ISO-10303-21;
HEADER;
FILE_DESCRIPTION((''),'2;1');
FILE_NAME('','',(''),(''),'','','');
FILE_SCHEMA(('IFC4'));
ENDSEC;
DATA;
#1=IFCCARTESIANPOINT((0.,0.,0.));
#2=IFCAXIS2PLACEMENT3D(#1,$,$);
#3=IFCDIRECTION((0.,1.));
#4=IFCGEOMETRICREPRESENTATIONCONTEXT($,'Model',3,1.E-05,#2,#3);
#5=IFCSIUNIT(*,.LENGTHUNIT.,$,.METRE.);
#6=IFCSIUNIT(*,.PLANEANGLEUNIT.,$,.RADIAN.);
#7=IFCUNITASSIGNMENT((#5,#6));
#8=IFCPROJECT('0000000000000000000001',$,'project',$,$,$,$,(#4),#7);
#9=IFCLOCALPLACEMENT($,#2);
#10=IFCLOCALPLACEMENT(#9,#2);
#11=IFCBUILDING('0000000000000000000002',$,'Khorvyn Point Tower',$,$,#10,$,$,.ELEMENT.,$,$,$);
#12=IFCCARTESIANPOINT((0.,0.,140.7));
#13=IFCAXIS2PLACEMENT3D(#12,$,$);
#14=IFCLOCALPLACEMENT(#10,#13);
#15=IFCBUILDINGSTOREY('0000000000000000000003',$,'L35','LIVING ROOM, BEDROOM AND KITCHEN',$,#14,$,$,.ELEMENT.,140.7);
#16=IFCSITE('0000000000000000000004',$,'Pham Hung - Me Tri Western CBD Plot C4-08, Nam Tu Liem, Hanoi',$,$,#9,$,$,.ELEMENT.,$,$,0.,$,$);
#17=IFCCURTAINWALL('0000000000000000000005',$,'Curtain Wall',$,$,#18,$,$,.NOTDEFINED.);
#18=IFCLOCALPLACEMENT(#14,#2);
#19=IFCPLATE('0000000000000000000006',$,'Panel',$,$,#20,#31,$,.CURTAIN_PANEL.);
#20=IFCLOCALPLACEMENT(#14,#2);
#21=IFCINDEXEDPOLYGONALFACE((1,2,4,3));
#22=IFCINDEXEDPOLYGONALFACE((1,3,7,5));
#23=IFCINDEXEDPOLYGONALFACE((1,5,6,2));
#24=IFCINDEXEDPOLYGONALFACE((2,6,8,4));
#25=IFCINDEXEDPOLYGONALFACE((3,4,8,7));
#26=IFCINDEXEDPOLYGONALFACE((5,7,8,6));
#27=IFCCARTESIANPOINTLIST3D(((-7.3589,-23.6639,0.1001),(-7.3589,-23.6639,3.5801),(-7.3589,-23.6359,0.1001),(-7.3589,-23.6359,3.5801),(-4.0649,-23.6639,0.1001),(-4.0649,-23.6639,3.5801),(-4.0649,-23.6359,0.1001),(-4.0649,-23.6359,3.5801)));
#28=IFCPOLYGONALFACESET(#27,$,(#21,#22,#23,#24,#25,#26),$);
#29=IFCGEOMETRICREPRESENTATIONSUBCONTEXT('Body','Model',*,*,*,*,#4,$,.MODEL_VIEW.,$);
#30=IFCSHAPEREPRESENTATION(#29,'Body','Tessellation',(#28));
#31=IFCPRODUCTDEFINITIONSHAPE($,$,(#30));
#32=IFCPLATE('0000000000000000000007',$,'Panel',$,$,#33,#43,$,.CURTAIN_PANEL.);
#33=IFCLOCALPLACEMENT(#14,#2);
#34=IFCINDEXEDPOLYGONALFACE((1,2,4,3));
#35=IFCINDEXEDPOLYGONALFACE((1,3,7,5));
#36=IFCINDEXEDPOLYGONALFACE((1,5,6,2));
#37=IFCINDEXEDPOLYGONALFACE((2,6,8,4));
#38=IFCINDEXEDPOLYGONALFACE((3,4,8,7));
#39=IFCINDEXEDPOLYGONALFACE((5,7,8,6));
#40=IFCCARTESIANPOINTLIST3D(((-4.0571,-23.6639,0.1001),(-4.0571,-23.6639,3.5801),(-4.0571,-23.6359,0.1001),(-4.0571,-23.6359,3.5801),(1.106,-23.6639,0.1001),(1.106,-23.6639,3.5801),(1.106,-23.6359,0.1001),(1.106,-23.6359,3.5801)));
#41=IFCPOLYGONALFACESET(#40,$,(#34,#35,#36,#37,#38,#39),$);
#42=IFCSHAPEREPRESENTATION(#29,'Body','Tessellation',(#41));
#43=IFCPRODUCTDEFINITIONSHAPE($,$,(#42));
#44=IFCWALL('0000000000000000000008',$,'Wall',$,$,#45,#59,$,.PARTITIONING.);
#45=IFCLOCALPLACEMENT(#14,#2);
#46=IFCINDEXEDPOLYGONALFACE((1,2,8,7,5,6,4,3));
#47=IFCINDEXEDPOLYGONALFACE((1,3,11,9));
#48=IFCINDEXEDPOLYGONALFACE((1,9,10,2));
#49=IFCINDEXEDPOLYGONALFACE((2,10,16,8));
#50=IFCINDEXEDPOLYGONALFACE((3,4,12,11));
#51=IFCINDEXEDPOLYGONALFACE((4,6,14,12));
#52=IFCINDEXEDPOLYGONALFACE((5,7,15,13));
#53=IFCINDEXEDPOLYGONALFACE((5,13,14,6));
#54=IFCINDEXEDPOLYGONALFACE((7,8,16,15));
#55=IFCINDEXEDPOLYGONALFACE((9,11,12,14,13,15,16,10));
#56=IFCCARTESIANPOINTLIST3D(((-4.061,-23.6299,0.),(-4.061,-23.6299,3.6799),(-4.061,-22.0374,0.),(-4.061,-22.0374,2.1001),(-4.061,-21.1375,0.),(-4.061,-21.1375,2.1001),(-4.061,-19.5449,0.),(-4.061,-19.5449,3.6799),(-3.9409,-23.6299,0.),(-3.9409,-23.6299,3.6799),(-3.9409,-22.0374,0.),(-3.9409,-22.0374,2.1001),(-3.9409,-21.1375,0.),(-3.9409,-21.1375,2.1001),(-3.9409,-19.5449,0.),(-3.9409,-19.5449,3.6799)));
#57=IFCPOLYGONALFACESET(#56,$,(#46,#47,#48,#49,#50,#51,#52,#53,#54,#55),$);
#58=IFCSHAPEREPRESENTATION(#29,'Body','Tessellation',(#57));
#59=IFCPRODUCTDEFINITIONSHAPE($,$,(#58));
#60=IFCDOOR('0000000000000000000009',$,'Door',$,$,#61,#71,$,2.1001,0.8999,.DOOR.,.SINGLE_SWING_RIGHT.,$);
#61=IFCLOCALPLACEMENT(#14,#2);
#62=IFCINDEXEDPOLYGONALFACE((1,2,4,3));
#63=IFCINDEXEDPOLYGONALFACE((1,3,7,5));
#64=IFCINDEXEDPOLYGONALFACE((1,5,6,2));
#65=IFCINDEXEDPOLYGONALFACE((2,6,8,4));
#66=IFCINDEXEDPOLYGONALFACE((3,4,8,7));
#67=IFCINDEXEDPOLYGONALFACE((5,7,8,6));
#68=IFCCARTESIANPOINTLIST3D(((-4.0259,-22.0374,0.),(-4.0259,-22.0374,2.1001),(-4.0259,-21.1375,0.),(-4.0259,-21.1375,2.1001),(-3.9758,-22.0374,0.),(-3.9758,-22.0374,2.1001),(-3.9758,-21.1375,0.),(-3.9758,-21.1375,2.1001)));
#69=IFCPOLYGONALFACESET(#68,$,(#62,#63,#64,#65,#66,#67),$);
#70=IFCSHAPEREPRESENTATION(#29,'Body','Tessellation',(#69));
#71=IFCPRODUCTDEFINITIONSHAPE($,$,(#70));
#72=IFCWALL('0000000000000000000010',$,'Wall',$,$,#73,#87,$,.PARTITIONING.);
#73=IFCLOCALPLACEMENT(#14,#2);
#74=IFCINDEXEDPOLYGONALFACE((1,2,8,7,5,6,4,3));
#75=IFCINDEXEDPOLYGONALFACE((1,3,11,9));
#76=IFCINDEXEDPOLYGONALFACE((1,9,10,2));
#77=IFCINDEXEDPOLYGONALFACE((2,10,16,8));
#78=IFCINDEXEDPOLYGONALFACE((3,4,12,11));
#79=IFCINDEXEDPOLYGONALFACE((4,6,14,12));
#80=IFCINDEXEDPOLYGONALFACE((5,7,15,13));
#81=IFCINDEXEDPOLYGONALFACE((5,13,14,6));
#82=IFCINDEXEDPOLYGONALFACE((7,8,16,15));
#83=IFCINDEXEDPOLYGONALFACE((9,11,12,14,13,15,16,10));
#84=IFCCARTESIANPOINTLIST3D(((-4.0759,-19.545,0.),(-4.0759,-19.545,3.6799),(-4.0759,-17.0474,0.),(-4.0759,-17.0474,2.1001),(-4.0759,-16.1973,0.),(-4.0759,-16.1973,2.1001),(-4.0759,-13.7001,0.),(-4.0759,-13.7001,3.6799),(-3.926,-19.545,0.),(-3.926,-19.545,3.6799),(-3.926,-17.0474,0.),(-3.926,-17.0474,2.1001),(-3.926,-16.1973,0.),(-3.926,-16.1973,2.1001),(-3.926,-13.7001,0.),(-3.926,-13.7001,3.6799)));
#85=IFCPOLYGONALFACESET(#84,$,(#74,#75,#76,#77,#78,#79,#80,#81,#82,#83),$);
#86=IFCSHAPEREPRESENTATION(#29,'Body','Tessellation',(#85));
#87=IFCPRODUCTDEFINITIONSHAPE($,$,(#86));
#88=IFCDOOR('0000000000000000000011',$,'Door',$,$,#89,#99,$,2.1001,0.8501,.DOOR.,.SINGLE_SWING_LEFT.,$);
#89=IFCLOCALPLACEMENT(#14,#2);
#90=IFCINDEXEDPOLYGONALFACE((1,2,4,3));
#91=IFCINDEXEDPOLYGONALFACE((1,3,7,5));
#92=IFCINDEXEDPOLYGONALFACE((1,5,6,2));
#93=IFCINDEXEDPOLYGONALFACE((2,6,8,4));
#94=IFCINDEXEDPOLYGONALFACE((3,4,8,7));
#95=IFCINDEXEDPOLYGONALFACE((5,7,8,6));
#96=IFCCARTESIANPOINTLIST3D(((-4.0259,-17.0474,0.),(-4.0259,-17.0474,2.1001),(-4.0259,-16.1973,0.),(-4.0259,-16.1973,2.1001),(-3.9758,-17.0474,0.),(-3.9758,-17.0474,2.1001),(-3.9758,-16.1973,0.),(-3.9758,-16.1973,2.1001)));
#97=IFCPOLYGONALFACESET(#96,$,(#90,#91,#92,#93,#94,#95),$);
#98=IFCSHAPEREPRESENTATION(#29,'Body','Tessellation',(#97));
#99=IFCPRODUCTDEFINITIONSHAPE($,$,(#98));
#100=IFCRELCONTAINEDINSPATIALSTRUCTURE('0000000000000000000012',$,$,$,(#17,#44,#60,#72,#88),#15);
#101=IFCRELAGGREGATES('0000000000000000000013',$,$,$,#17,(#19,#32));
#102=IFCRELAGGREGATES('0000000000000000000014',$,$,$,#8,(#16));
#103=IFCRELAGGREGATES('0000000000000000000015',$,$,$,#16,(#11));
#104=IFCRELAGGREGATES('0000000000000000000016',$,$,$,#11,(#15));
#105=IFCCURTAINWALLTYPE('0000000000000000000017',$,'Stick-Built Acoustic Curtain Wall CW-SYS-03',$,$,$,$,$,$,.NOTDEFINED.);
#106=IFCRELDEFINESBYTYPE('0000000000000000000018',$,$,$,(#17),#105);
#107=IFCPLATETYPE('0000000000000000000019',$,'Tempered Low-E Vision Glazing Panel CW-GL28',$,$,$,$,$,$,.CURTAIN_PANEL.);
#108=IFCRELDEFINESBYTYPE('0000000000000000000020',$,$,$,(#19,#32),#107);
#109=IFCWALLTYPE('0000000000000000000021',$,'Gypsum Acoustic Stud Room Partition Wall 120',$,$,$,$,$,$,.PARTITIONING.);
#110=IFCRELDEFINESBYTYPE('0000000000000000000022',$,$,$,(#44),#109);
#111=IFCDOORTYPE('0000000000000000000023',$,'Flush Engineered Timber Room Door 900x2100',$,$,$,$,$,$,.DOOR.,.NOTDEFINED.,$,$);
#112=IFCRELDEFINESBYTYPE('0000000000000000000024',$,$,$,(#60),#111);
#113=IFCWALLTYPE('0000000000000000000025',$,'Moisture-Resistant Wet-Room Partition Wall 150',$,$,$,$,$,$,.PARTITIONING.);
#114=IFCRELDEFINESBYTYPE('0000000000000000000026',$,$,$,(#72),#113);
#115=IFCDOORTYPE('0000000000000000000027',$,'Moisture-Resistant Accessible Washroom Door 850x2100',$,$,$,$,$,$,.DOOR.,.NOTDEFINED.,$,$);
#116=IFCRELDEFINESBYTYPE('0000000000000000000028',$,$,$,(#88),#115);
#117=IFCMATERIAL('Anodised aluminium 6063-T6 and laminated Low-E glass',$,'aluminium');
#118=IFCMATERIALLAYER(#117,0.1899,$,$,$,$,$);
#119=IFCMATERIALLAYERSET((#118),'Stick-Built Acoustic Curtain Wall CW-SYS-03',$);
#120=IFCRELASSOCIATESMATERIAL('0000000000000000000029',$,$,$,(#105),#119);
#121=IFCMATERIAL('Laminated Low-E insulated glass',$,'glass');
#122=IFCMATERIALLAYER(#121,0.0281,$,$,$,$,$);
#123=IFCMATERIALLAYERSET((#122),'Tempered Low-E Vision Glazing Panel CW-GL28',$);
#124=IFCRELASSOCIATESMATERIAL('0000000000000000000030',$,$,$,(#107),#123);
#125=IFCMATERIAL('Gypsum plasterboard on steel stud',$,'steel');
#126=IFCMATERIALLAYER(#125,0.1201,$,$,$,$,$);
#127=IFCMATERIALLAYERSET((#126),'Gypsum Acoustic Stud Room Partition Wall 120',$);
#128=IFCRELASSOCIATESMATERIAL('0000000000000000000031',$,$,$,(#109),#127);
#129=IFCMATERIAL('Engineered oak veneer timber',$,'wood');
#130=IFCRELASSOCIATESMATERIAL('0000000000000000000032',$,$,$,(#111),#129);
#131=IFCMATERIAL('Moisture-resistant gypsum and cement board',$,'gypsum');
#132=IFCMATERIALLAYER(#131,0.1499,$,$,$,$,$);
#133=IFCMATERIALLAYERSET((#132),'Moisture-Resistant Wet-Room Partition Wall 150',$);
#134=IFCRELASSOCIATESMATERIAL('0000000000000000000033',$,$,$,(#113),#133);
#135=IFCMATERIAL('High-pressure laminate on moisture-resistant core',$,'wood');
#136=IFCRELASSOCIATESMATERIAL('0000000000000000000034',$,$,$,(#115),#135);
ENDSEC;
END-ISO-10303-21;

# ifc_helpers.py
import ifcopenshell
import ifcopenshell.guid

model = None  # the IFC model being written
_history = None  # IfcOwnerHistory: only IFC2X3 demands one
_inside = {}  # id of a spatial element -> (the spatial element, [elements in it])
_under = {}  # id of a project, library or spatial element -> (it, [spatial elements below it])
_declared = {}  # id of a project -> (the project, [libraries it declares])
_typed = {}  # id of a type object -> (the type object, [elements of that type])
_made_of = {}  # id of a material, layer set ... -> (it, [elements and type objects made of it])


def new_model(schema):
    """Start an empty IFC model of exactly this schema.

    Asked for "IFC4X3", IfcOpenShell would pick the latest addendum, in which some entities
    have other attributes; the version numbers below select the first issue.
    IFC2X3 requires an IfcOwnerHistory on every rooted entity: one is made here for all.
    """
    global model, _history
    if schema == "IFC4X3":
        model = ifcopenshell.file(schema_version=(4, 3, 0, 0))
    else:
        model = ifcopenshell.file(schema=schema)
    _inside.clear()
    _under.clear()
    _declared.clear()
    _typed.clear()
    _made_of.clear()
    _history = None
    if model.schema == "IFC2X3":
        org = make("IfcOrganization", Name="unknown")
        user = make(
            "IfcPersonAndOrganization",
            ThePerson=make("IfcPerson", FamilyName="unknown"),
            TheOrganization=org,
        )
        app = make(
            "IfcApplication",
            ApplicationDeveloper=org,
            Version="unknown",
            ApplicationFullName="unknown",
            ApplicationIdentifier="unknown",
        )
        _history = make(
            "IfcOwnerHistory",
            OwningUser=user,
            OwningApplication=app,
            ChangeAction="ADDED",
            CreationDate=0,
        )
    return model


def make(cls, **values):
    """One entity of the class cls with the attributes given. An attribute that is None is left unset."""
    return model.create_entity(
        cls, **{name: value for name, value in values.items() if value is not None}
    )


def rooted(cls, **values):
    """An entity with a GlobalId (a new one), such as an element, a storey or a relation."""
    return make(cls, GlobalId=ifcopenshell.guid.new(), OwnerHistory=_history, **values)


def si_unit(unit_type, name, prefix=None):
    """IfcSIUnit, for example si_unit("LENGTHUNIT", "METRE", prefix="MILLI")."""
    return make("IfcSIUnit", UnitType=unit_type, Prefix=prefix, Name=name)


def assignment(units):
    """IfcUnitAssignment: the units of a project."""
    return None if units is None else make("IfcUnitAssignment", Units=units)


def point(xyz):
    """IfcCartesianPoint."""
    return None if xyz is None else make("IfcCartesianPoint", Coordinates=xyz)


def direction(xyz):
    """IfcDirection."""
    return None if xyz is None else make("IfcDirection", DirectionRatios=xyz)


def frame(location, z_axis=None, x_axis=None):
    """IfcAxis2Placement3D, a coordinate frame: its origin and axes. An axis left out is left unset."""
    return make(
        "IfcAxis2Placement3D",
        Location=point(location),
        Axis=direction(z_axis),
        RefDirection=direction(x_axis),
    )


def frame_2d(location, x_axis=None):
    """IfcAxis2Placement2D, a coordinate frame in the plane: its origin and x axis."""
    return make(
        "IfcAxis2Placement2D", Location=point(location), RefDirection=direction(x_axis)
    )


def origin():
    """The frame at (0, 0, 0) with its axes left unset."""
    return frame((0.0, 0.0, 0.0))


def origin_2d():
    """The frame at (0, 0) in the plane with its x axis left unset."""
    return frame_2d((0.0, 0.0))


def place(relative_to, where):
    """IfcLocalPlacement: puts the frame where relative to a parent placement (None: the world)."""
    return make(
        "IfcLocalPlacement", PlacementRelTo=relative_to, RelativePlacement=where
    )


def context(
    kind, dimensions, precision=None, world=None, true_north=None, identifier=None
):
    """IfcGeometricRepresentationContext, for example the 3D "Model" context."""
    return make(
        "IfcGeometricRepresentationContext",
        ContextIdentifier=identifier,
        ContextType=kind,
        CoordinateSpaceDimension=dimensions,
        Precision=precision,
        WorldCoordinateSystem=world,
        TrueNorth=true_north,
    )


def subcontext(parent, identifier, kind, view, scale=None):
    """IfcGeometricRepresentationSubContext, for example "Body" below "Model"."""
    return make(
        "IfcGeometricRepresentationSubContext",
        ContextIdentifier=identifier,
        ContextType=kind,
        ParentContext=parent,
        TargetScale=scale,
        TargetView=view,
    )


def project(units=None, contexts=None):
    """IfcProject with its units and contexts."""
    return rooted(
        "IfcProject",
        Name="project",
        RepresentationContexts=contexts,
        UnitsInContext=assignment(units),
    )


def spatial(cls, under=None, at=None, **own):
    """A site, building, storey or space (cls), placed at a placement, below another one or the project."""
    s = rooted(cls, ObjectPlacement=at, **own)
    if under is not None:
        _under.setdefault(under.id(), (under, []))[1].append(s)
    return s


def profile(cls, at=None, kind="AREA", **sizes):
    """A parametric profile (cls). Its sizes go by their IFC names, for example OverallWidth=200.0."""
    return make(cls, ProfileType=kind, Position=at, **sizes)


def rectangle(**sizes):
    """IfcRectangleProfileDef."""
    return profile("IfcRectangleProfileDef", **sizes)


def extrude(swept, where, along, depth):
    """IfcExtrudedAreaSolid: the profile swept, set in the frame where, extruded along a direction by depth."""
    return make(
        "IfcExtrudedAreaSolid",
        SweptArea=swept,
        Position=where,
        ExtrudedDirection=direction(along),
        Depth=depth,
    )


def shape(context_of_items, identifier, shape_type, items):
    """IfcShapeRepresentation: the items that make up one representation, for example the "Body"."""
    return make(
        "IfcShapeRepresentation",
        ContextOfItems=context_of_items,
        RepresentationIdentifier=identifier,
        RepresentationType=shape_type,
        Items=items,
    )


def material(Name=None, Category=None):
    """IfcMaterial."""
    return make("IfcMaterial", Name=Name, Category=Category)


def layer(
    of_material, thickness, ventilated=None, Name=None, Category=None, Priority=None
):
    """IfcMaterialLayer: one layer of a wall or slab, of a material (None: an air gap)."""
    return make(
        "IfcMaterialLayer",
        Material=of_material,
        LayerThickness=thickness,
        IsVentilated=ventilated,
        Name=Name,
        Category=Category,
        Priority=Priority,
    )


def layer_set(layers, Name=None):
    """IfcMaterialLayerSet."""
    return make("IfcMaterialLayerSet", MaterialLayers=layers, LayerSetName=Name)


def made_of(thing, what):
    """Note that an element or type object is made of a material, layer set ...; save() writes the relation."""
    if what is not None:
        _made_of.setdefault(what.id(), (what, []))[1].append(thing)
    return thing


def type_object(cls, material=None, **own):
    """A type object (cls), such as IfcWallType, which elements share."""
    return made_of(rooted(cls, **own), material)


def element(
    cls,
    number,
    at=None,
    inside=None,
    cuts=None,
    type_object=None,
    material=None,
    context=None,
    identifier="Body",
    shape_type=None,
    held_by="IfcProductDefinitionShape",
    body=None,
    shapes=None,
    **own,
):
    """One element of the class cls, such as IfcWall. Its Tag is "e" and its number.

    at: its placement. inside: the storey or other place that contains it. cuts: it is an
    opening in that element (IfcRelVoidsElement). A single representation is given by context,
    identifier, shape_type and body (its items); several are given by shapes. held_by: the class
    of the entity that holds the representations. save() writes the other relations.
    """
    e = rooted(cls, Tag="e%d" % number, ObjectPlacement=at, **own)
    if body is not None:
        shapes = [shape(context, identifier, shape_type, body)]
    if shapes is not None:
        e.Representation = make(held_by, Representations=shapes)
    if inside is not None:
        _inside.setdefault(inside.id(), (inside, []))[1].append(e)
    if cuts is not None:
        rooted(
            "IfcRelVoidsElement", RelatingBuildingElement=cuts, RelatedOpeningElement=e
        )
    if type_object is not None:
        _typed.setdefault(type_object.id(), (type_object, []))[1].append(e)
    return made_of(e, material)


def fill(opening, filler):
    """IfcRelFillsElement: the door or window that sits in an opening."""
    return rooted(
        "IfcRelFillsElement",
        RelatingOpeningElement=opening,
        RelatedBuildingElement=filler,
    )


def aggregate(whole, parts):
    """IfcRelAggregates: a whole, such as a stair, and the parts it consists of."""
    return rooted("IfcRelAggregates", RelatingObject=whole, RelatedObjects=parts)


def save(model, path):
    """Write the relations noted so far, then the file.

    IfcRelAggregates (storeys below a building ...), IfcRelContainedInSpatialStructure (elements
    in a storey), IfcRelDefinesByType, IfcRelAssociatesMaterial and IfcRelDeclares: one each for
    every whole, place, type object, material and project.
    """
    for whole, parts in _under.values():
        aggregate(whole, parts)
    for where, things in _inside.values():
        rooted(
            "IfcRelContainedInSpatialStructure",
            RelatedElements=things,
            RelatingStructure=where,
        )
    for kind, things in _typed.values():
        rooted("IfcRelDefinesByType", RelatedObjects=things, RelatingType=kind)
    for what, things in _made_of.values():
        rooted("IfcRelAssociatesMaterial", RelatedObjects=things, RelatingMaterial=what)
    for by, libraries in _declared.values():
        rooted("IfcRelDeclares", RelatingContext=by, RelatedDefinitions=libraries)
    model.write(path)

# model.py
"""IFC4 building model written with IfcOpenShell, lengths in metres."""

from ifc_helpers import new_model, si_unit, direction, frame, frame_2d, origin, origin_2d, place, context, subcontext, project, spatial, rectangle, extrude, material, layer, layer_set, type_object, element, fill, aggregate, save


model = new_model("IFC4")

# Units and contexts
model_context = context("Model", 3, precision=1e-05, world=origin(), true_north=direction((0.0, 1.0)))
body_context = subcontext(model_context, "Body", "Model", "MODEL_VIEW")
ifc_project = project(units=[si_unit("LENGTHUNIT", "METRE"), si_unit("PLANEANGLEUNIT", "RADIAN")], contexts=[model_context])

# Site, building, storey
site_placement = place(None, origin())
site = spatial("IfcSite", under=ifc_project, at=site_placement, Name="Pham Hung - Me Tri Western CBD Plot C4-08, Nam Tu Liem, Hanoi", CompositionType="ELEMENT", RefElevation=0.0)
building_placement = place(site_placement, origin())
building = spatial("IfcBuilding", under=site, at=building_placement, Name="Khorvyn Point Tower", CompositionType="ELEMENT")
storey_placement = place(building_placement, frame((0.0, 0.0, 140.7)))
storey = spatial("IfcBuildingStorey", under=building, at=storey_placement, Name="L35", Description="LIVING ROOM, BEDROOM AND KITCHEN", CompositionType="ELEMENT", Elevation=140.7)

# Curtain wall, plates
ifc_material_1 = material(Name="Anodised aluminium 6063-T6 and laminated Low-E glass", Category="aluminium")
ifc_layer_1 = layer(ifc_material_1, 0.1899)
ifc_layer_set_1 = layer_set([ifc_layer_1], Name="Stick-Built Acoustic Curtain Wall CW-SYS-03")
curtain_wall_type = type_object("IfcCurtainWallType", Name="Stick-Built Acoustic Curtain Wall CW-SYS-03", PredefinedType="NOTDEFINED", material=ifc_layer_set_1)
curtain_wall_placement = place(storey_placement, origin())
curtain_wall = element("IfcCurtainWall", 1, at=curtain_wall_placement, inside=storey, type_object=curtain_wall_type, Name="Curtain Wall", PredefinedType="NOTDEFINED")
ifc_material_2 = material(Name="Laminated Low-E insulated glass", Category="glass")
ifc_layer_2 = layer(ifc_material_2, 0.0281)
ifc_layer_set_2 = layer_set([ifc_layer_2], Name="Tempered Low-E Vision Glazing Panel CW-GL28")
plate_type = type_object("IfcPlateType", Name="Tempered Low-E Vision Glazing Panel CW-GL28", PredefinedType="CURTAIN_PANEL", material=ifc_layer_set_2)
plate_1_placement = place(storey_placement, frame((-5.7119, -23.6499, 0.1001), z_axis=(0.0, 0.0, 1.0), x_axis=(-1.0, 0.0, 0.0)))
plate_1 = element("IfcPlate", 2, at=plate_1_placement, type_object=plate_type, Name="Panel", PredefinedType="CURTAIN_PANEL", context=body_context, shape_type="SweptSolid", body=[
    extrude(rectangle(XDim=3.2939, YDim=0.0281, at=origin_2d()), origin(), (0.0, 0.0, 1.0), 3.48),
])
plate_2_placement = place(storey_placement, frame((-1.4756, -23.6499, 0.1001), z_axis=(0.0, 0.0, 1.0), x_axis=(-1.0, 0.0, 0.0)))
plate_2 = element("IfcPlate", 3, at=plate_2_placement, type_object=plate_type, Name="Panel", PredefinedType="CURTAIN_PANEL", context=body_context, shape_type="SweptSolid", body=[
    extrude(rectangle(XDim=5.1631, YDim=0.0281, at=origin_2d()), origin(), (0.0, 0.0, 1.0), 3.48),
])
aggregate(curtain_wall, [plate_1, plate_2])

# Walls, openings, doors
ifc_material_3 = material(Name="Gypsum plasterboard on steel stud", Category="steel")
ifc_layer_3 = layer(ifc_material_3, 0.1201)
ifc_layer_set_3 = layer_set([ifc_layer_3], Name="Gypsum Acoustic Stud Room Partition Wall 120")
wall_type_1 = type_object("IfcWallType", Name="Gypsum Acoustic Stud Room Partition Wall 120", PredefinedType="PARTITIONING", material=ifc_layer_set_3)
wall_1_placement = place(storey_placement, frame((-4.001, -23.6299, 0.0), z_axis=(0.0, 0.0, 1.0), x_axis=(0.0, 1.0, 0.0)))
wall_1 = element("IfcWall", 4, at=wall_1_placement, inside=storey, type_object=wall_type_1, Name="Wall", PredefinedType="PARTITIONING", context=body_context, shape_type="SweptSolid", body=[
    extrude(rectangle(XDim=4.085, YDim=0.1201, at=frame_2d((2.0425, 0.0))), origin(), (0.0, 0.0, 1.0), 3.6799),
])
opening_1_placement = place(wall_1_placement, frame((1.5925, 0.0, 0.0)))
opening_1 = element("IfcOpeningElement", 5, at=opening_1_placement, cuts=wall_1, PredefinedType="OPENING", context=body_context, shape_type="SweptSolid", body=[
    extrude(rectangle(XDim=0.8999, YDim=2.1001, at=frame_2d((0.45, 1.05))), frame((0.0, 0.0701, 0.0), z_axis=(0.0, -1.0, 0.0), x_axis=(1.0, 0.0, 0.0)), (0.0, 0.0, 1.0), 0.1401),
])
ifc_material_4 = material(Name="Engineered oak veneer timber", Category="wood")
door_type_1 = type_object("IfcDoorType", Name="Flush Engineered Timber Room Door 900x2100", OperationType="NOTDEFINED", PredefinedType="DOOR", material=ifc_material_4)
door_1_placement = place(opening_1_placement, origin())
door_1 = element("IfcDoor", 6, at=door_1_placement, inside=storey, type_object=door_type_1, Name="Door", OperationType="SINGLE_SWING_RIGHT", OverallHeight=2.1001, OverallWidth=0.8999, PredefinedType="DOOR", context=body_context, shape_type="SweptSolid", body=[
    extrude(rectangle(XDim=0.8999, YDim=2.1001, at=frame_2d((0.45, 1.05))), frame((0.0, 0.0249, 0.0), z_axis=(0.0, -1.0, 0.0), x_axis=(1.0, 0.0, 0.0)), (0.0, 0.0, 1.0), 0.05),
])
fill(opening_1, door_1)
ifc_material_5 = material(Name="Moisture-resistant gypsum and cement board", Category="gypsum")
ifc_layer_4 = layer(ifc_material_5, 0.1499)
ifc_layer_set_4 = layer_set([ifc_layer_4], Name="Moisture-Resistant Wet-Room Partition Wall 150")
wall_type_2 = type_object("IfcWallType", Name="Moisture-Resistant Wet-Room Partition Wall 150", PredefinedType="PARTITIONING", material=ifc_layer_set_4)
wall_2_placement = place(storey_placement, frame((-4.001, -19.5449, 0.0), z_axis=(0.0, 0.0, 1.0), x_axis=(0.0, 1.0, 0.0)))
wall_2 = element("IfcWall", 7, at=wall_2_placement, inside=storey, type_object=wall_type_2, Name="Wall", PredefinedType="PARTITIONING", context=body_context, shape_type="SweptSolid", body=[
    extrude(rectangle(XDim=5.845, YDim=0.1499, at=frame_2d((2.9224, 0.0))), origin(), (0.0, 0.0, 1.0), 3.6799),
])
opening_2_placement = place(wall_2_placement, frame((2.4976, 0.0, 0.0)))
opening_2 = element("IfcOpeningElement", 8, at=opening_2_placement, cuts=wall_2, PredefinedType="OPENING", context=body_context, shape_type="SweptSolid", body=[
    extrude(rectangle(XDim=0.8501, YDim=2.1001, at=frame_2d((0.425, 1.05))), frame((0.0, 0.085, 0.0), z_axis=(0.0, -1.0, 0.0), x_axis=(1.0, 0.0, 0.0)), (0.0, 0.0, 1.0), 0.1699),
])
ifc_material_6 = material(Name="High-pressure laminate on moisture-resistant core", Category="wood")
door_type_2 = type_object("IfcDoorType", Name="Moisture-Resistant Accessible Washroom Door 850x2100", OperationType="NOTDEFINED", PredefinedType="DOOR", material=ifc_material_6)
door_2_placement = place(opening_2_placement, origin())
door_2 = element("IfcDoor", 9, at=door_2_placement, inside=storey, type_object=door_type_2, Name="Door", OperationType="SINGLE_SWING_LEFT", OverallHeight=2.1001, OverallWidth=0.8501, PredefinedType="DOOR", context=body_context, shape_type="SweptSolid", body=[
    extrude(rectangle(XDim=0.8501, YDim=2.1001, at=frame_2d((0.425, 1.05))), frame((0.0, 0.0249, 0.0), z_axis=(0.0, -1.0, 0.0), x_axis=(1.0, 0.0, 0.0)), (0.0, 0.0, 1.0), 0.05),
])
fill(opening_2, door_2)

save(model, "model.ifc")
